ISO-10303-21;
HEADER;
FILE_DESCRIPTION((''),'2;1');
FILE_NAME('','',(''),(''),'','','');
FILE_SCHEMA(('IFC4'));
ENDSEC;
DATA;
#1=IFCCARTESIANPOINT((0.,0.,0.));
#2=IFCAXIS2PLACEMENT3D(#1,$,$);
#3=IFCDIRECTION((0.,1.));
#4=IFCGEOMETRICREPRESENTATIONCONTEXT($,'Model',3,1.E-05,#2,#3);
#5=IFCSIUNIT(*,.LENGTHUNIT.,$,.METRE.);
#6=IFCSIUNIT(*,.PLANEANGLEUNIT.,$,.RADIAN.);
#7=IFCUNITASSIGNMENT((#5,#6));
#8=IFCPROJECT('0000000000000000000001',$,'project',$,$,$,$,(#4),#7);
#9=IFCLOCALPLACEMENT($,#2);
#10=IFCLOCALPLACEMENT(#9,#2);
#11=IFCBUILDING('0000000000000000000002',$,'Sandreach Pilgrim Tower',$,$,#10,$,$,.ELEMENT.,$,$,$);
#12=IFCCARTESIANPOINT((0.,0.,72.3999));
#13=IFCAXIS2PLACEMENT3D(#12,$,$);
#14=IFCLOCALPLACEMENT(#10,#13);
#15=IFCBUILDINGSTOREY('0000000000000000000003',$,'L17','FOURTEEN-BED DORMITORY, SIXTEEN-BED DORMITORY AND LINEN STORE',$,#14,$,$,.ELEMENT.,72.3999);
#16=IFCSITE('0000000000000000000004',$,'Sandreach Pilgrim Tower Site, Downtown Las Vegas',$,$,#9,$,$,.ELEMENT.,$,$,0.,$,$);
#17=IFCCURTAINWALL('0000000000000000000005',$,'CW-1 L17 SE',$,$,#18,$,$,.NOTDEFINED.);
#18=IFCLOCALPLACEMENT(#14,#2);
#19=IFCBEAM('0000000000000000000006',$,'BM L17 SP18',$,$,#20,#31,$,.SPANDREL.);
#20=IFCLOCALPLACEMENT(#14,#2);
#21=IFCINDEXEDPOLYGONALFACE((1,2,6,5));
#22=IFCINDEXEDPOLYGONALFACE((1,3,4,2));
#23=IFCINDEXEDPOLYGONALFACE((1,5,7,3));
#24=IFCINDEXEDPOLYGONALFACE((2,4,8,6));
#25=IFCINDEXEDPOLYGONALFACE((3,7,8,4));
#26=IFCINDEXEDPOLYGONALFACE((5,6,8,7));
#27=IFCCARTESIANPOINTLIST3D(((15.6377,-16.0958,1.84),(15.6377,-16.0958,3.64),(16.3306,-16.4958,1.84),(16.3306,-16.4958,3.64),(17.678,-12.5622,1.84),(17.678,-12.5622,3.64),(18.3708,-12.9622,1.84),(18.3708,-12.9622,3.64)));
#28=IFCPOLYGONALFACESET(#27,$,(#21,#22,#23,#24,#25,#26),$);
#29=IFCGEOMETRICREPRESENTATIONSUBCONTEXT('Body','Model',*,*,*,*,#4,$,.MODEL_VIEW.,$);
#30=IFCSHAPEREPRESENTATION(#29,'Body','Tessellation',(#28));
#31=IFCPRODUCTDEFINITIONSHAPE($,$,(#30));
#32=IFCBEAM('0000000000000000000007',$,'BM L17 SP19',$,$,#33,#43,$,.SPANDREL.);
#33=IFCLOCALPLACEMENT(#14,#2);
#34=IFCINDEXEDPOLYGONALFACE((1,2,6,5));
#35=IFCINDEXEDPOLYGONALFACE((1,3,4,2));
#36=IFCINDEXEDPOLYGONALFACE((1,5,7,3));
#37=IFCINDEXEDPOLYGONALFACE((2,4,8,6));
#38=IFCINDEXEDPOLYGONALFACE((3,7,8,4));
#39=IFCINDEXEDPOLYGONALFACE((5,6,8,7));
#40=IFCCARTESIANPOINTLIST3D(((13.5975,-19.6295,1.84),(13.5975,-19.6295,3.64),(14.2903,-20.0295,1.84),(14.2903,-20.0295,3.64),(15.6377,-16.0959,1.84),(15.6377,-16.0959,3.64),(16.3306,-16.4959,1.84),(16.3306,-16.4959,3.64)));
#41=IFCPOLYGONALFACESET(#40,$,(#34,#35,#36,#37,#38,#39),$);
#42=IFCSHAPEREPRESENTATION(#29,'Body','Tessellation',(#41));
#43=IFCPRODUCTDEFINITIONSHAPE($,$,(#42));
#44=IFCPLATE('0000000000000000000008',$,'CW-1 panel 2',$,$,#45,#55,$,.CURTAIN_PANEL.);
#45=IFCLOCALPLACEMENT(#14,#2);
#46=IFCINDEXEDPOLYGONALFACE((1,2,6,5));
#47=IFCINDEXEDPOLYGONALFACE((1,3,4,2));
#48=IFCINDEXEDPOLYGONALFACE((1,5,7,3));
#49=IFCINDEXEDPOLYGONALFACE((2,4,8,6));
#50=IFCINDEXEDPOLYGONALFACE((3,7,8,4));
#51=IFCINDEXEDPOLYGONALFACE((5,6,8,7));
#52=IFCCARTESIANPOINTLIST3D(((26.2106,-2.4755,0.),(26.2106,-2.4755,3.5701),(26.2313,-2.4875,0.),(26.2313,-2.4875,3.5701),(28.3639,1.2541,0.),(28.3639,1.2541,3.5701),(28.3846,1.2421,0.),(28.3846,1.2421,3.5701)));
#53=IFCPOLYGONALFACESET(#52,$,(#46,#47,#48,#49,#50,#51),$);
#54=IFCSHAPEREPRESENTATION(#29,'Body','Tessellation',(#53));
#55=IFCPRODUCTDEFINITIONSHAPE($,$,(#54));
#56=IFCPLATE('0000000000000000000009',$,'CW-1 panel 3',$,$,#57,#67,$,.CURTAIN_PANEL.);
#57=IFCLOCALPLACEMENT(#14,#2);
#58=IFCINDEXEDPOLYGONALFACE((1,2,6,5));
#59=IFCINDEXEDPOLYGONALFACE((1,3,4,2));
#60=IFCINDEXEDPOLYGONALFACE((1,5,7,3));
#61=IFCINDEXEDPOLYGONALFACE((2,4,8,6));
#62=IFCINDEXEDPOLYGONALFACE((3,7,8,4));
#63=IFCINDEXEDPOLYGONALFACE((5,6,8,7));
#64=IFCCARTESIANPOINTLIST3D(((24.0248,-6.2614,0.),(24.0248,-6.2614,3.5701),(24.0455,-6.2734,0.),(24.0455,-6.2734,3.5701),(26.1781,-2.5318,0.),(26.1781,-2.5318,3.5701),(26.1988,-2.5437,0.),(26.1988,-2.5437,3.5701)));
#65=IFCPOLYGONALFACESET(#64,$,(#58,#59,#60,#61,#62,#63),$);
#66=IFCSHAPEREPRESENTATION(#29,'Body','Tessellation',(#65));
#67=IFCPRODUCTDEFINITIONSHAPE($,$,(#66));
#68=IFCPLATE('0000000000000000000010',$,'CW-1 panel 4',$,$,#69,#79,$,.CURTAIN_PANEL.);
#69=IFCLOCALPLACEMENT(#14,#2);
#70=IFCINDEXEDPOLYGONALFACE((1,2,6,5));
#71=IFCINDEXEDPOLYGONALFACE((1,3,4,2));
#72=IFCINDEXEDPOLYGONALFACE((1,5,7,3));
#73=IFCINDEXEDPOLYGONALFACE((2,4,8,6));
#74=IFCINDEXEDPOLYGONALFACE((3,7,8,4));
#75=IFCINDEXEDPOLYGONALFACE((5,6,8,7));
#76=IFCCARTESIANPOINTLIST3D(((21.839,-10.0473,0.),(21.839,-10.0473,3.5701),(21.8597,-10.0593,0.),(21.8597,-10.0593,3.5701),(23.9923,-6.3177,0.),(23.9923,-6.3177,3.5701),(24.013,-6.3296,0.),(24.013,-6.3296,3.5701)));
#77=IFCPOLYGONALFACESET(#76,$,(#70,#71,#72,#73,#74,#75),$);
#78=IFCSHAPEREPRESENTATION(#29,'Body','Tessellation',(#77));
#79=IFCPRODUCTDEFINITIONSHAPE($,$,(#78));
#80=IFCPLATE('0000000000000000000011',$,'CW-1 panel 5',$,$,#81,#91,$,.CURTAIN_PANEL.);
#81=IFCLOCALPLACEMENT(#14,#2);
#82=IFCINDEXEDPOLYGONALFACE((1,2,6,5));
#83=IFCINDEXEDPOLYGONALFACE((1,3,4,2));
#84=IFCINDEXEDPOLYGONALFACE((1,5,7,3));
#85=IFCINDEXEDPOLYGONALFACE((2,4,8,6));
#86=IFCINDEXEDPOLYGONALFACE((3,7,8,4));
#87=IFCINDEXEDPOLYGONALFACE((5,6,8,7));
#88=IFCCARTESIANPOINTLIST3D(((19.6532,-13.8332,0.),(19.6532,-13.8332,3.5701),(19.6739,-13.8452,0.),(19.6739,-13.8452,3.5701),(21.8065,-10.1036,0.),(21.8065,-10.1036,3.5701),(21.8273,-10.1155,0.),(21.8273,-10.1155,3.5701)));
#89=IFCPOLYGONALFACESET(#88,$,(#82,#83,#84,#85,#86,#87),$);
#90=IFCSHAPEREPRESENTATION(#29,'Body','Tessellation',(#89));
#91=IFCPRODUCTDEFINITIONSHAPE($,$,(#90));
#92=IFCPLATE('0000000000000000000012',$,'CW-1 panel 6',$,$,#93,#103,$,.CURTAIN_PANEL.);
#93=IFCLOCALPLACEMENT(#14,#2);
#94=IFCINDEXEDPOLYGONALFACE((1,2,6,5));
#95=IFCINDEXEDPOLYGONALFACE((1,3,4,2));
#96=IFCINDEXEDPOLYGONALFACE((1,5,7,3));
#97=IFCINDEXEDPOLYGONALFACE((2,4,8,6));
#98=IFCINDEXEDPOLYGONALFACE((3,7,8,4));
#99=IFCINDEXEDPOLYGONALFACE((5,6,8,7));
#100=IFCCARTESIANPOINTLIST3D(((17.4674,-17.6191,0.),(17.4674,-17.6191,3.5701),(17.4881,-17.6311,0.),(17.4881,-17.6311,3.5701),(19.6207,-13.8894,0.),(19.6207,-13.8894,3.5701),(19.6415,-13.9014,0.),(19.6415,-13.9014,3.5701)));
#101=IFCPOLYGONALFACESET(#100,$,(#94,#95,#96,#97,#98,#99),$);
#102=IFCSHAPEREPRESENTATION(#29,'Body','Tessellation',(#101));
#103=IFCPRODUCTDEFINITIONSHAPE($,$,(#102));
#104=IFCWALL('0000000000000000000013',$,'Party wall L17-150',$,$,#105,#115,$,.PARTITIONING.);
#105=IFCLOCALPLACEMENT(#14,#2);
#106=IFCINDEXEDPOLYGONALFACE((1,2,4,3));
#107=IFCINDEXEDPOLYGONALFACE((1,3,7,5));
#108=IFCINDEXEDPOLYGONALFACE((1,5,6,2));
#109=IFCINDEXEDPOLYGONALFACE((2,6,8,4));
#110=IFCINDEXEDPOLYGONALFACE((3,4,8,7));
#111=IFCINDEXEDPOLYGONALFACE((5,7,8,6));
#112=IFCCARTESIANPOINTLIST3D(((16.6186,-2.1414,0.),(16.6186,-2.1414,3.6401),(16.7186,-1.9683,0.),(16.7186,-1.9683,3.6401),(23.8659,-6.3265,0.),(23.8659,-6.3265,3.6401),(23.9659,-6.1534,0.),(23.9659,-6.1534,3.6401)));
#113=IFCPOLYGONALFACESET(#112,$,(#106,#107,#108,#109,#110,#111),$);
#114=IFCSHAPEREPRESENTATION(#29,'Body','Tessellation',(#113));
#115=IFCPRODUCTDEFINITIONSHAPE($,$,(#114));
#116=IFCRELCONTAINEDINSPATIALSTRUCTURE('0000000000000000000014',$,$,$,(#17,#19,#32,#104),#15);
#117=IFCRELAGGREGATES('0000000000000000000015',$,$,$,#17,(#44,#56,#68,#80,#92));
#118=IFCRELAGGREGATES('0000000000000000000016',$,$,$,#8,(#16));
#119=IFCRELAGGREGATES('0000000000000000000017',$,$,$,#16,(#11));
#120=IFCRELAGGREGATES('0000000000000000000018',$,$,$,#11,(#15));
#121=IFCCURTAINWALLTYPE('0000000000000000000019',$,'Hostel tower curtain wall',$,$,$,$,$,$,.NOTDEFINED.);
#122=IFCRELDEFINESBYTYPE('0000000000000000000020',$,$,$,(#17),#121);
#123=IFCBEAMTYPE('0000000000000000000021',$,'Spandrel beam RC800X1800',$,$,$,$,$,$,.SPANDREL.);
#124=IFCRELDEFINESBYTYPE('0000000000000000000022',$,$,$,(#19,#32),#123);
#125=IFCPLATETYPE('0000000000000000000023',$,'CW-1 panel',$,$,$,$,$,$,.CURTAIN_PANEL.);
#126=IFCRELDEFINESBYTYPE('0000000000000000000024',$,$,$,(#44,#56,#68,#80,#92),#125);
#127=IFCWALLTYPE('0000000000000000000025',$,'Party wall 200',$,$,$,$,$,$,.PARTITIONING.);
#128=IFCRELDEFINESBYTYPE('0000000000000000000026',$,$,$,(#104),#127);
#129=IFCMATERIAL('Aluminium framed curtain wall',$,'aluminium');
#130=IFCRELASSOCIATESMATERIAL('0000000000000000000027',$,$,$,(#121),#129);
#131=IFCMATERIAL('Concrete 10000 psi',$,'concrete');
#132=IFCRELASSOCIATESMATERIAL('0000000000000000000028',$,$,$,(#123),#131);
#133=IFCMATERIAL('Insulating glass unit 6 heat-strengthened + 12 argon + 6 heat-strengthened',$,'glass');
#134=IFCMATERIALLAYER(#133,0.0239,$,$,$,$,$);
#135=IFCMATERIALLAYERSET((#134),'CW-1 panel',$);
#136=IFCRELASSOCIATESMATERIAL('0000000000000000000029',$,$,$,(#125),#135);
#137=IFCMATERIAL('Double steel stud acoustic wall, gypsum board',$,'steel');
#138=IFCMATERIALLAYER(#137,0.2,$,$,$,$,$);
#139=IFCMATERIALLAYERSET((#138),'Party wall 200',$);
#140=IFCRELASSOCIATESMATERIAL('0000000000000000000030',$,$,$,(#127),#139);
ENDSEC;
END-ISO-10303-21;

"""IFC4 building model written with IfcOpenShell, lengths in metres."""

from ifc_helpers import new_model, si_unit, direction, frame, frame_2d, origin, origin_2d, place, context, subcontext, project, spatial, rectangle, extrude, material, layer, layer_set, material_profile, profile_set, type_object, element, aggregate, save


model = new_model("IFC4")

# Units and contexts
model_context = context("Model", 3, precision=1e-05, world=origin(), true_north=direction((0.0, 1.0)))
body_context = subcontext(model_context, "Body", "Model", "MODEL_VIEW")
ifc_project = project(units=[si_unit("LENGTHUNIT", "METRE"), si_unit("PLANEANGLEUNIT", "RADIAN")], contexts=[model_context])

# Site, building, storey
site_placement = place(None, origin())
site = spatial("IfcSite", under=ifc_project, at=site_placement, Name="Sandreach Pilgrim Tower Site, Downtown Las Vegas", CompositionType="ELEMENT", RefElevation=0.0)
building_placement = place(site_placement, origin())
building = spatial("IfcBuilding", under=site, at=building_placement, Name="Sandreach Pilgrim Tower", CompositionType="ELEMENT")
storey_placement = place(building_placement, frame((0.0, 0.0, 72.3999)))
storey = spatial("IfcBuildingStorey", under=building, at=storey_placement, Name="L17", Description="FOURTEEN-BED DORMITORY, SIXTEEN-BED DORMITORY AND LINEN STORE", CompositionType="ELEMENT", Elevation=72.3999)

# Curtain wall
ifc_material_1 = material(Name="Aluminium framed curtain wall", Category="aluminium")
curtain_wall_type = type_object("IfcCurtainWallType", Name="Hostel tower curtain wall", PredefinedType="NOTDEFINED", material=ifc_material_1)
curtain_wall_placement = place(storey_placement, origin())
curtain_wall = element("IfcCurtainWall", 1, at=curtain_wall_placement, inside=storey, type_object=curtain_wall_type, Name="CW-1 L17 SE", PredefinedType="NOTDEFINED")

# Beams
ifc_material_2 = material(Name="Concrete 10000 psi", Category="concrete")
ifc_material_profile_1 = material_profile(ifc_material_2, rectangle(XDim=0.8, YDim=1.8, at=origin_2d()), Name="RC800X1800")
ifc_profile_set_1 = profile_set([ifc_material_profile_1], Name="Concrete 10000 psi")
beam_type_1 = type_object("IfcBeamType", Name="Spandrel beam RC800X1800", PredefinedType="SPANDREL", material=ifc_profile_set_1)
for number, where, z_axis, x_axis, name in (
    (2, (18.0244, -12.7622, 2.74), (-0.500019, -0.866014, 0.0), (0.866014, -0.500019, 0.0), "BM L17 SP18"),
    (3, (15.9841, -16.2959, 2.74), (-0.500019, -0.866014, 0.0), (0.866014, -0.500019, 0.0), "BM L17 SP19"),
):
    element("IfcBeam", number, at=place(storey_placement, frame(where, z_axis=z_axis, x_axis=x_axis)), inside=storey, type_object=beam_type_1, Name=name, PredefinedType="SPANDREL", context=body_context, shape_type="SweptSolid", body=[
        extrude(rectangle(XDim=0.8, YDim=1.8, at=origin_2d()), origin(), (0.0, 0.0, 1.0), 4.0803),
    ])

# Plates
ifc_material_3 = material(Name="Insulating glass unit 6 heat-strengthened + 12 argon + 6 heat-strengthened", Category="glass")
ifc_layer_1 = layer(ifc_material_3, 0.0239)
ifc_layer_set_1 = layer_set([ifc_layer_1], Name="CW-1 panel")
plate_type = type_object("IfcPlateType", Name="CW-1 panel", PredefinedType="CURTAIN_PANEL", material=ifc_layer_set_1)
plate_1_placement = place(storey_placement, frame((27.2976, -0.6167, 0.0), z_axis=(0.0, 0.0, 1.0), x_axis=(-0.5, -0.866025, 0.0)))
plate_1 = element("IfcPlate", 4, at=plate_1_placement, type_object=plate_type, Name="CW-1 panel 2", PredefinedType="CURTAIN_PANEL", context=body_context, shape_type="SweptSolid", body=[
    extrude(rectangle(XDim=4.3066, YDim=0.0239, at=origin_2d()), origin(), (0.0, 0.0, 1.0), 3.5701),
])
plate_2_placement = place(storey_placement, frame((25.1118, -4.4026, 0.0), z_axis=(0.0, 0.0, 1.0), x_axis=(-0.5, -0.866025, 0.0)))
plate_2 = element("IfcPlate", 5, at=plate_2_placement, type_object=plate_type, Name="CW-1 panel 3", PredefinedType="CURTAIN_PANEL", context=body_context, shape_type="SweptSolid", body=[
    extrude(rectangle(XDim=4.3066, YDim=0.0239, at=origin_2d()), origin(), (0.0, 0.0, 1.0), 3.5701),
])
plate_3_placement = place(storey_placement, frame((22.926, -8.1885, 0.0), z_axis=(0.0, 0.0, 1.0), x_axis=(-0.5, -0.866025, 0.0)))
plate_3 = element("IfcPlate", 6, at=plate_3_placement, type_object=plate_type, Name="CW-1 panel 4", PredefinedType="CURTAIN_PANEL", context=body_context, shape_type="SweptSolid", body=[
    extrude(rectangle(XDim=4.3066, YDim=0.0239, at=origin_2d()), origin(), (0.0, 0.0, 1.0), 3.5701),
])
plate_4_placement = place(storey_placement, frame((20.7402, -11.9744, 0.0), z_axis=(0.0, 0.0, 1.0), x_axis=(-0.5, -0.866025, 0.0)))
plate_4 = element("IfcPlate", 7, at=plate_4_placement, type_object=plate_type, Name="CW-1 panel 5", PredefinedType="CURTAIN_PANEL", context=body_context, shape_type="SweptSolid", body=[
    extrude(rectangle(XDim=4.3066, YDim=0.0239, at=origin_2d()), origin(), (0.0, 0.0, 1.0), 3.5701),
])
plate_5_placement = place(storey_placement, frame((18.5544, -15.7603, 0.0), z_axis=(0.0, 0.0, 1.0), x_axis=(-0.5, -0.866025, 0.0)))
plate_5 = element("IfcPlate", 8, at=plate_5_placement, type_object=plate_type, Name="CW-1 panel 6", PredefinedType="CURTAIN_PANEL", context=body_context, shape_type="SweptSolid", body=[
    extrude(rectangle(XDim=4.3066, YDim=0.0239, at=origin_2d()), origin(), (0.0, 0.0, 1.0), 3.5701),
])
aggregate(curtain_wall, [plate_1, plate_2, plate_3, plate_4, plate_5])

# Wall
ifc_material_4 = material(Name="Double steel stud acoustic wall, gypsum board", Category="steel")
ifc_layer_2 = layer(ifc_material_4, 0.2)
ifc_layer_set_2 = layer_set([ifc_layer_2], Name="Party wall 200")
wall_type_1 = type_object("IfcWallType", Name="Party wall 200", PredefinedType="PARTITIONING", material=ifc_layer_set_2)
wall_1_placement = place(storey_placement, frame((23.916, -6.24, 0.0), z_axis=(0.0, 0.0, 1.0), x_axis=(-0.865983, 0.500073, 0.0)))
element("IfcWall", 9, at=wall_1_placement, inside=storey, type_object=wall_type_1, Name="Party wall L17-150", PredefinedType="PARTITIONING", context=body_context, shape_type="SweptSolid", body=[
    extrude(rectangle(XDim=8.3689, YDim=0.2, at=frame_2d((4.1846, 0.0))), origin(), (0.0, 0.0, 1.0), 3.6401),
])

save(model, "model.ifc")
